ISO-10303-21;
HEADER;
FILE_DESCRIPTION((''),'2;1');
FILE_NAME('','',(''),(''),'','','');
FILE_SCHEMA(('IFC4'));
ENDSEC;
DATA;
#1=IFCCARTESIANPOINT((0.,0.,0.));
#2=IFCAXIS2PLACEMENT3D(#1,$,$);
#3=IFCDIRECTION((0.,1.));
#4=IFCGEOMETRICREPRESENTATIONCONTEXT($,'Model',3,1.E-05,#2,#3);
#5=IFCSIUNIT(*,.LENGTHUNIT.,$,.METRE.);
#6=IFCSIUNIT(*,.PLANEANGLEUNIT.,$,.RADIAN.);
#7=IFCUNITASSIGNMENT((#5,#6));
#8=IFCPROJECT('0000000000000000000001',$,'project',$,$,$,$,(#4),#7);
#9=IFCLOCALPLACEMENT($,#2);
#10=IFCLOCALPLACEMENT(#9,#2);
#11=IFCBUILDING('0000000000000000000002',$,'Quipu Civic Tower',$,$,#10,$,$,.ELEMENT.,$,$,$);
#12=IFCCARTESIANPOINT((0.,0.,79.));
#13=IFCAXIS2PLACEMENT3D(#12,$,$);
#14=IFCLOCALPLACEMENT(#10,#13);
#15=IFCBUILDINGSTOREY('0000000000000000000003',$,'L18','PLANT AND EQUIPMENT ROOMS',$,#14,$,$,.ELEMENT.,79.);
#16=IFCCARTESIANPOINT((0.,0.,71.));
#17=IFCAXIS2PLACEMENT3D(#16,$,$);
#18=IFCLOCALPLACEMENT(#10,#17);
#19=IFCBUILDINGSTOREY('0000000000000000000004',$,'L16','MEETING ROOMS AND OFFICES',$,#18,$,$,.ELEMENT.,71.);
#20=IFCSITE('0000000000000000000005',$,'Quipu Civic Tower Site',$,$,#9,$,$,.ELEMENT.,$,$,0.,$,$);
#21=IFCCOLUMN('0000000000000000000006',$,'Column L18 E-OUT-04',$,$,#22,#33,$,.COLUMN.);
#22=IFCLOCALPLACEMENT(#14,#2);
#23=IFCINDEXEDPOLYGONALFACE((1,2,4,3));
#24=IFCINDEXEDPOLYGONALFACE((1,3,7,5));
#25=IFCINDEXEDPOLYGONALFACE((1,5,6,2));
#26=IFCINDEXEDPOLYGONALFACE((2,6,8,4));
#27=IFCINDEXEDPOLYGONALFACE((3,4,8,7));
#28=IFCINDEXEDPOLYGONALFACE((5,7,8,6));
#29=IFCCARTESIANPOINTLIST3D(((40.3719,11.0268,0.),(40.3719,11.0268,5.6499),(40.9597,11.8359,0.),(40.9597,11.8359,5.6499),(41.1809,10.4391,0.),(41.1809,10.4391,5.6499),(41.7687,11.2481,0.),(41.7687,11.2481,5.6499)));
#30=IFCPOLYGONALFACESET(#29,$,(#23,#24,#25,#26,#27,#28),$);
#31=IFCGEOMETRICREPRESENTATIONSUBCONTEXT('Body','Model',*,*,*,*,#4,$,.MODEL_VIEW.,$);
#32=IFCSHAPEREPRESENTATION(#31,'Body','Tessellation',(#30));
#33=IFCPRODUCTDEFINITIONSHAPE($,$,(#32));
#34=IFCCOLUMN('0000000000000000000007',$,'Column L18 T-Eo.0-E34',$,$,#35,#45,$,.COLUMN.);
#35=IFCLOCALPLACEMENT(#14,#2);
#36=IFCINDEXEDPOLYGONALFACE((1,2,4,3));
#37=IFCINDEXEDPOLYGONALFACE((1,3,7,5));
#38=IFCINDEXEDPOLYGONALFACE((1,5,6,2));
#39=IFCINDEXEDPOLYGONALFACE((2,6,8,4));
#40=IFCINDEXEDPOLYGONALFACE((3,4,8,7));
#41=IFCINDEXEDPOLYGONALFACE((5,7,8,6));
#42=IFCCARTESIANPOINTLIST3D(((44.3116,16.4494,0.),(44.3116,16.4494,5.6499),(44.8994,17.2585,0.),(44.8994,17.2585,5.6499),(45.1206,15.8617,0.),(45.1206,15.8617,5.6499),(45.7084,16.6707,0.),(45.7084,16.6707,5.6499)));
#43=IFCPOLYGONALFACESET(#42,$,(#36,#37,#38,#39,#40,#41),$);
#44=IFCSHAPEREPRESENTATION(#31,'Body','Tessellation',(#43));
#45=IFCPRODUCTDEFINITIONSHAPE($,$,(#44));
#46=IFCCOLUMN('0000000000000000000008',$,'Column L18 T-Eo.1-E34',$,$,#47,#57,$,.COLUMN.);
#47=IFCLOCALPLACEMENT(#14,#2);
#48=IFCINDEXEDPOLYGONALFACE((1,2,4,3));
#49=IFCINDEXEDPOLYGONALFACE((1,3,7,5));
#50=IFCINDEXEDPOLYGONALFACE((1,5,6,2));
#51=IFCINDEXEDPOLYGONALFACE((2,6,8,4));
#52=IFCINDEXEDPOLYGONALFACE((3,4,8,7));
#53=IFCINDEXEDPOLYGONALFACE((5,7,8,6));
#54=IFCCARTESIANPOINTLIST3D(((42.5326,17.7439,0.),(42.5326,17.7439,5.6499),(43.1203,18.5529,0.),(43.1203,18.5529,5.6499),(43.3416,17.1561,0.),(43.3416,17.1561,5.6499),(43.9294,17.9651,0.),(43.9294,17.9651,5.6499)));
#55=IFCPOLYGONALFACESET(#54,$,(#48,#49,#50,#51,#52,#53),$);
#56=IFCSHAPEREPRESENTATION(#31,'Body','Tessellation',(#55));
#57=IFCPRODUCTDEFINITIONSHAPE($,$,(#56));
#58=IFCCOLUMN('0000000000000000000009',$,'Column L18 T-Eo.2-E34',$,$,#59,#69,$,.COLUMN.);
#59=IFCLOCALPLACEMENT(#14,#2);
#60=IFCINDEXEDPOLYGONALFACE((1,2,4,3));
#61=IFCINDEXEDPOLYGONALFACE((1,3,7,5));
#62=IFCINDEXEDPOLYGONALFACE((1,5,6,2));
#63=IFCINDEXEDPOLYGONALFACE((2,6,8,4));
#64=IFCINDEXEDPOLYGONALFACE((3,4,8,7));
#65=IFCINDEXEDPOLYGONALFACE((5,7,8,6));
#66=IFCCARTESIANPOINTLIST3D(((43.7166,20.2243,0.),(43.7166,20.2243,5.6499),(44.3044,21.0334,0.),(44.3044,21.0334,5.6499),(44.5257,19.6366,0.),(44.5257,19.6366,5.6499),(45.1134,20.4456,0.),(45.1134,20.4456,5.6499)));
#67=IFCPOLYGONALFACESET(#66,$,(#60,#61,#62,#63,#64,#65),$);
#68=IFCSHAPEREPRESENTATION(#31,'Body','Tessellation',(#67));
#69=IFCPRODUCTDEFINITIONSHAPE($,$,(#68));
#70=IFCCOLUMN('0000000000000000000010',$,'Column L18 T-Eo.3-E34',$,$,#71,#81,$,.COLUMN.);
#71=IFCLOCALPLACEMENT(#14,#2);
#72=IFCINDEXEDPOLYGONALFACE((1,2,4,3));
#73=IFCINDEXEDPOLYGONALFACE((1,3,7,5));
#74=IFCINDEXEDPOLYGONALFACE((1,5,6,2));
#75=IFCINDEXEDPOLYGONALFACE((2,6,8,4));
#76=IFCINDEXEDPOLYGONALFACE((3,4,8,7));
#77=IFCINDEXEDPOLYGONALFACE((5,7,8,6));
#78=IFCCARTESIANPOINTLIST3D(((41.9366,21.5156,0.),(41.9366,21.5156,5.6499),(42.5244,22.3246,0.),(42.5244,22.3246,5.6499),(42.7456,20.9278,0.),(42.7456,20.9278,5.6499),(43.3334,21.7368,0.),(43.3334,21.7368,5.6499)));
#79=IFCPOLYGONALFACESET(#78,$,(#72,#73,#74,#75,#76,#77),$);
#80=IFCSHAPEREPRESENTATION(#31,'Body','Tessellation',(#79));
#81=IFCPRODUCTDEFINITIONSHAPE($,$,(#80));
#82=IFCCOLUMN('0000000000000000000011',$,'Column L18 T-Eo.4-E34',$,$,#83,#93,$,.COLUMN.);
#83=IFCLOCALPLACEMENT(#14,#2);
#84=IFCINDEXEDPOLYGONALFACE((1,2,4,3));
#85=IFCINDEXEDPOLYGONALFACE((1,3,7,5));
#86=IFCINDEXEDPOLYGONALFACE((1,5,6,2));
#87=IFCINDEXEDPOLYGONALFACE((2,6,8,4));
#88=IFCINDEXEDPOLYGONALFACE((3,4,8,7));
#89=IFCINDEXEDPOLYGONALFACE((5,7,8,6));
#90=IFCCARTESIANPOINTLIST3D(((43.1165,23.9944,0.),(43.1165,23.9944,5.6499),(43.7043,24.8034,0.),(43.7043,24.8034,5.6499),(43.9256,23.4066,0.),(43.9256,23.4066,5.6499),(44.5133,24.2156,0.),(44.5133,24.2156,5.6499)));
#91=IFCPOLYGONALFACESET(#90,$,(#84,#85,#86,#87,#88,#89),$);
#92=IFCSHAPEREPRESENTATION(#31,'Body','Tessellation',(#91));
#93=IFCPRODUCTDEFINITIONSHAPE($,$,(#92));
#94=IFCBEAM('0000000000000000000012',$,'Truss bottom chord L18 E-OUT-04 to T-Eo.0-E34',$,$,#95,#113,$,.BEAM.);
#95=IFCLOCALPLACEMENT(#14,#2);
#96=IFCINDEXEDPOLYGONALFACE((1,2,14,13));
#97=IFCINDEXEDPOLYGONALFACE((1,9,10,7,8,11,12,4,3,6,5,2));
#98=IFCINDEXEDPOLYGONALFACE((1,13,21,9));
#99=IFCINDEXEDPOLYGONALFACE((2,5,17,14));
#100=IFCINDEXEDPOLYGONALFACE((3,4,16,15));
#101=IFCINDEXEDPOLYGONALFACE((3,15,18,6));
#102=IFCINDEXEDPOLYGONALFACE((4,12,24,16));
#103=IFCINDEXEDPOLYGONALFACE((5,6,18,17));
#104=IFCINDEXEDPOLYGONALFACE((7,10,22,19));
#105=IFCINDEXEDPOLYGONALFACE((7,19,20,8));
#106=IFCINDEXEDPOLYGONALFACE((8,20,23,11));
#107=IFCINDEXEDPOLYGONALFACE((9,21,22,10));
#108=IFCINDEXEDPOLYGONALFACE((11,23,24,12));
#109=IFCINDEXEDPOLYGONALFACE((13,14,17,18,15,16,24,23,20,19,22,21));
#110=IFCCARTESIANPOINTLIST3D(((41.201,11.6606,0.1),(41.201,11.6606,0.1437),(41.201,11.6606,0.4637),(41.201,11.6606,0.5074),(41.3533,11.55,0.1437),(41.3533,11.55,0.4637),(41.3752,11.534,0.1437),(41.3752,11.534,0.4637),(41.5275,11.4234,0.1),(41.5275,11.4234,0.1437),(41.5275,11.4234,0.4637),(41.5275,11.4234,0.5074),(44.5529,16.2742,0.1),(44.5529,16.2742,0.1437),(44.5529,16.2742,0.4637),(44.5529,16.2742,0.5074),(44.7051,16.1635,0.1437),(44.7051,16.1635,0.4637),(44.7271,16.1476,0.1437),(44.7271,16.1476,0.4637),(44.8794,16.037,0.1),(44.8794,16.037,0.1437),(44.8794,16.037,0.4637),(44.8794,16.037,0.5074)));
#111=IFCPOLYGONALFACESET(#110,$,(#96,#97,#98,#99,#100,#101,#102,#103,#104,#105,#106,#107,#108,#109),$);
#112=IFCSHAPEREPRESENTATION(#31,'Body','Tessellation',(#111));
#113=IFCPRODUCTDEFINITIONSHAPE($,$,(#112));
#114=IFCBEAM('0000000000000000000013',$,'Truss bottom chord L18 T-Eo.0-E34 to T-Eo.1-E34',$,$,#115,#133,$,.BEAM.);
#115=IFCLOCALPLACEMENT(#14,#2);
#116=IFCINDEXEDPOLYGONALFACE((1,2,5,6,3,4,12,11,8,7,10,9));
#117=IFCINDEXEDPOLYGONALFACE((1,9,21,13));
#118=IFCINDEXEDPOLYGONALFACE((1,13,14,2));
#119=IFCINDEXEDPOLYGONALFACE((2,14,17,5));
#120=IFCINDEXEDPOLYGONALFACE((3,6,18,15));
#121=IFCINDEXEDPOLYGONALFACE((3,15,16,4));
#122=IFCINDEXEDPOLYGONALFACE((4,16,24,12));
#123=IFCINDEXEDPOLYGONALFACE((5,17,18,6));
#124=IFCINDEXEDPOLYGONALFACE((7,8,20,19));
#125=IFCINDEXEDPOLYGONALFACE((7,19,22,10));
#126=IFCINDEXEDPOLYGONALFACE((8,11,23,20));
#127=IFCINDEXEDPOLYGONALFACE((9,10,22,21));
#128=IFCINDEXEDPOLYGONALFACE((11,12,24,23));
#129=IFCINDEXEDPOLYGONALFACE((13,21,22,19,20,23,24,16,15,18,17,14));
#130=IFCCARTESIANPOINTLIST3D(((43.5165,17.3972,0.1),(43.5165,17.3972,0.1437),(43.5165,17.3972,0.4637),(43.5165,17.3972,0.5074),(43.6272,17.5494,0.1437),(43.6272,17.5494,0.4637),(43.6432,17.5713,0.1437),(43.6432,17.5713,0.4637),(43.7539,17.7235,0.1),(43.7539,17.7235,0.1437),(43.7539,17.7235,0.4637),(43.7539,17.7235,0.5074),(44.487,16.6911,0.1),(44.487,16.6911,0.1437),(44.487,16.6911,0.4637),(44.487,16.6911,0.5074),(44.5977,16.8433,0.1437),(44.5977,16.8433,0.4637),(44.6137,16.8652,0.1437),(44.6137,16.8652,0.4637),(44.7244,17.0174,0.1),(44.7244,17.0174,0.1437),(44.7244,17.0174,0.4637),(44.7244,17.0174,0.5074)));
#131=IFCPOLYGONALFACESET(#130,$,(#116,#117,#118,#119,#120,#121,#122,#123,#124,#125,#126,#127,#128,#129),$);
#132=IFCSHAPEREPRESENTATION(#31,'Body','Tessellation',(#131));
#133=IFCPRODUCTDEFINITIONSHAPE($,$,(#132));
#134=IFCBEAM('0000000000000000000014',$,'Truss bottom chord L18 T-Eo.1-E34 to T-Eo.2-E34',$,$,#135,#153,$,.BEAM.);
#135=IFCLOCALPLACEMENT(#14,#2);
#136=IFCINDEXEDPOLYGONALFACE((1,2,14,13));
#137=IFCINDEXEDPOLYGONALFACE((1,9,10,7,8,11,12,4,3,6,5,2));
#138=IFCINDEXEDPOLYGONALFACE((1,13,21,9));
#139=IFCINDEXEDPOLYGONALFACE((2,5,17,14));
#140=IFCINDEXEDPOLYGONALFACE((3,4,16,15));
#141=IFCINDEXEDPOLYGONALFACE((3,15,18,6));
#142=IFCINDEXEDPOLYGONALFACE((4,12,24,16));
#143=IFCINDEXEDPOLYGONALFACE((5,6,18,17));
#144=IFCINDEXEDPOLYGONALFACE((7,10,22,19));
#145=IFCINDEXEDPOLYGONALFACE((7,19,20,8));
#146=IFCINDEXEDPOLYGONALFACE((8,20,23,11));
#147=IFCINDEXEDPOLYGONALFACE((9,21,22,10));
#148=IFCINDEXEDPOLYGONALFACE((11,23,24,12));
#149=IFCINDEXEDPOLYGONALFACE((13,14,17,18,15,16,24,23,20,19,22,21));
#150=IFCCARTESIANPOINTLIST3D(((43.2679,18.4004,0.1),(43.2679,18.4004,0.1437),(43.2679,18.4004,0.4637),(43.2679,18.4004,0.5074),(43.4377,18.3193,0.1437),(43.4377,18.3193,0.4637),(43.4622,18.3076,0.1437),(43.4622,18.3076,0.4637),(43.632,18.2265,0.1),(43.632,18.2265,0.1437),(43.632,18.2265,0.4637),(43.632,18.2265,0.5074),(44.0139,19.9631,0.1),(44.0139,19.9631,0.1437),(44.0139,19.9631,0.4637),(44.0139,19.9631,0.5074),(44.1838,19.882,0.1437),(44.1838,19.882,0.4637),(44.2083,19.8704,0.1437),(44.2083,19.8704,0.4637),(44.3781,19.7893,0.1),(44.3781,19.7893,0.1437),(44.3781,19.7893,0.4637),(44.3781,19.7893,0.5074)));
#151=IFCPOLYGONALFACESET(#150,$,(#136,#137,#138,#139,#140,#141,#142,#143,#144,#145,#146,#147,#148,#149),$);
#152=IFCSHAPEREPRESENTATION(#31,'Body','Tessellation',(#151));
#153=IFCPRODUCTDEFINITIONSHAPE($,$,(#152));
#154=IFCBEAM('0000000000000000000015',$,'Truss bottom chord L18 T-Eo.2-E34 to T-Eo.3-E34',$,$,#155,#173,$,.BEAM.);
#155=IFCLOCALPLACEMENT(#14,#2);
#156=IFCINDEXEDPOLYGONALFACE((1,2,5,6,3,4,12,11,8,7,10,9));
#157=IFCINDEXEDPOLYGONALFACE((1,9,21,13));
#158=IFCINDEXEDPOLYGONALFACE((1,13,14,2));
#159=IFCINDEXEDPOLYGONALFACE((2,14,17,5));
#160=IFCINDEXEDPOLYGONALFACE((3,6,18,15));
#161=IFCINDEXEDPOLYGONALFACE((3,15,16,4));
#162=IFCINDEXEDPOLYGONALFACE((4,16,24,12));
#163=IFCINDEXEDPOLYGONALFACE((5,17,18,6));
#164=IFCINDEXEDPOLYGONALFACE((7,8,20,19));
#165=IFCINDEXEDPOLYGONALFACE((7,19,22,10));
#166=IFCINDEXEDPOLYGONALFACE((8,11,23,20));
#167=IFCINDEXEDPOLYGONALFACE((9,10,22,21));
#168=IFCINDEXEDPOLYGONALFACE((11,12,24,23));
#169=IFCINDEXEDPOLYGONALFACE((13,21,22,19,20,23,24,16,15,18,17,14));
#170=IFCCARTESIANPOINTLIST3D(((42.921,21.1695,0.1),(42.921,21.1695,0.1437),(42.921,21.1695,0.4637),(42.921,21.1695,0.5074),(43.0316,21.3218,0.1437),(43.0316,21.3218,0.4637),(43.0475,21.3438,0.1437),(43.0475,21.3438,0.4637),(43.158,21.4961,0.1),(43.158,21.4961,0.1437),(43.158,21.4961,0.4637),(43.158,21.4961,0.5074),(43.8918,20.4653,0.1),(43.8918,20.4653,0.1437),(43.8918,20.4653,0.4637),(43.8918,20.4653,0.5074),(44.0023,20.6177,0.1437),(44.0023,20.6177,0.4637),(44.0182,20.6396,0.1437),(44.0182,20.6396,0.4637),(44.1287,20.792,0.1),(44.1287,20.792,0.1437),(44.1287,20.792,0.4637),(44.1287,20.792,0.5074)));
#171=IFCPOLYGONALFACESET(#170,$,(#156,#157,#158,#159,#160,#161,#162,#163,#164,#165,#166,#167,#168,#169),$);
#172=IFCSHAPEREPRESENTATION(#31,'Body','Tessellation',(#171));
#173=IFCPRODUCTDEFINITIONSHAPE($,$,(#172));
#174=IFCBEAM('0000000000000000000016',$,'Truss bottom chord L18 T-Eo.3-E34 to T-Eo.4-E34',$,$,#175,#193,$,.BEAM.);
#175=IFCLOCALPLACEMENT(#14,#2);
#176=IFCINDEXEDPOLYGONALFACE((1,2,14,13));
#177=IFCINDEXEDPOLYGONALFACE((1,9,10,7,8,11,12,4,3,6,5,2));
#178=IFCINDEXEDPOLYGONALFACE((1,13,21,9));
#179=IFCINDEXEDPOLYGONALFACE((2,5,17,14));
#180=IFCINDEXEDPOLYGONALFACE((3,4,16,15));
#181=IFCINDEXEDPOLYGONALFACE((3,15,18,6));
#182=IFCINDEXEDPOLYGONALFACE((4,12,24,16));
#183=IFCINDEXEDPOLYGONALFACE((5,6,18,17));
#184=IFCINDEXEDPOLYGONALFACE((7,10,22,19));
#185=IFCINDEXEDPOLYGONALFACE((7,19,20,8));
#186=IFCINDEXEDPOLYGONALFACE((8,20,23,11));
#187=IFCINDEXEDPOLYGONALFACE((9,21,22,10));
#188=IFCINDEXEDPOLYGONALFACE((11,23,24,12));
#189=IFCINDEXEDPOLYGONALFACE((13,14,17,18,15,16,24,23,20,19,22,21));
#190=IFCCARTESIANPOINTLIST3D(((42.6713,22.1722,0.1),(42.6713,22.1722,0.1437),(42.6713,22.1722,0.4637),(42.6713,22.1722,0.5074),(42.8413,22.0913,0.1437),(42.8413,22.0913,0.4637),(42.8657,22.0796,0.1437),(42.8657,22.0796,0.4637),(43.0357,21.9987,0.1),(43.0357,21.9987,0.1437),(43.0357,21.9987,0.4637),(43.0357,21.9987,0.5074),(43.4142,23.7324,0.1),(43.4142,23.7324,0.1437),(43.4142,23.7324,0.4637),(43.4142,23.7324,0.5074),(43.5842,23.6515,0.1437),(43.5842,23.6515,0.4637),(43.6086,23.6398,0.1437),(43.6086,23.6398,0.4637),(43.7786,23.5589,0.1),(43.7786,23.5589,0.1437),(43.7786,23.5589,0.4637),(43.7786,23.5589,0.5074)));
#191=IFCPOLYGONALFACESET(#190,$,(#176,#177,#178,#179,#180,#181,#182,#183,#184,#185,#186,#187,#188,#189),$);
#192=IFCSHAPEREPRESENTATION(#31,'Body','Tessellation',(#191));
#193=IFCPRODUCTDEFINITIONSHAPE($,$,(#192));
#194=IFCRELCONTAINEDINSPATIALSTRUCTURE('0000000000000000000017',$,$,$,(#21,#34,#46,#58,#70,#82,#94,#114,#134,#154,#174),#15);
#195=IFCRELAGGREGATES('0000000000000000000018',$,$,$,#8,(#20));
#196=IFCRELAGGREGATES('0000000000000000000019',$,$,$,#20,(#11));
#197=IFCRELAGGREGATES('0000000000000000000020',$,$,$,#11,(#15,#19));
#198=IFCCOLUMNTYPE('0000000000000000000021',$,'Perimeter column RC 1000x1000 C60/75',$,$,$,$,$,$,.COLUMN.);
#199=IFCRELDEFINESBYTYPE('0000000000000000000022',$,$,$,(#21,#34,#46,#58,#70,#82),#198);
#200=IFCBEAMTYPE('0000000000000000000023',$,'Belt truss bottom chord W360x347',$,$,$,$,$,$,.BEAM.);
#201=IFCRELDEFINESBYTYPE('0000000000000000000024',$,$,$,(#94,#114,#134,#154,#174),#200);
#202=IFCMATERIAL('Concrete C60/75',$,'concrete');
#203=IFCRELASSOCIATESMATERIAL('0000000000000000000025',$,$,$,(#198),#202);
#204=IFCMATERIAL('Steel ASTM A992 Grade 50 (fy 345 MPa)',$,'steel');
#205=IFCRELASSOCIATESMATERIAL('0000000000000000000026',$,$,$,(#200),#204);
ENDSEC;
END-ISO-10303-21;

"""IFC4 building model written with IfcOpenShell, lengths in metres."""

from ifc_helpers import new_model, si_unit, direction, frame, origin, origin_2d, place, context, subcontext, project, spatial, rectangle, i_section, extrude, material, material_profile, profile_set, type_object, element, save


model = new_model("IFC4")

# Units and contexts
model_context = context("Model", 3, precision=1e-05, world=origin(), true_north=direction((0.0, 1.0)))
body_context = subcontext(model_context, "Body", "Model", "MODEL_VIEW")
ifc_project = project(units=[si_unit("LENGTHUNIT", "METRE"), si_unit("PLANEANGLEUNIT", "RADIAN")], contexts=[model_context])

# Site, building, storey
site_placement = place(None, origin())
site = spatial("IfcSite", under=ifc_project, at=site_placement, Name="Quipu Civic Tower Site", CompositionType="ELEMENT", RefElevation=0.0)
building_placement = place(site_placement, origin())
building = spatial("IfcBuilding", under=site, at=building_placement, Name="Quipu Civic Tower", CompositionType="ELEMENT")
storey_1_placement = place(building_placement, frame((0.0, 0.0, 79.0)))
storey_1 = spatial("IfcBuildingStorey", under=building, at=storey_1_placement, Name="L18", Description="PLANT AND EQUIPMENT ROOMS", CompositionType="ELEMENT", Elevation=79.0)

# Columns
ifc_material_1 = material(Name="Concrete C60/75", Category="concrete")
ifc_material_profile_1 = material_profile(ifc_material_1, rectangle(XDim=1.0, YDim=1.0, at=origin_2d()), Name="RC1000x1000")
ifc_profile_set_1 = profile_set([ifc_material_profile_1], Name="Concrete C60/75")
column_type = type_object("IfcColumnType", Name="Perimeter column RC 1000x1000 C60/75", PredefinedType="COLUMN", material=ifc_profile_set_1)
for number, where, z_axis, x_axis, name in (
    (1, (41.0703, 11.1375, 0.0), (0.0, 0.0, 1.0), (0.587785, 0.809017, 0.0), "Column L18 E-OUT-04"),
    (2, (45.01, 16.5601, 0.0), (0.0, 0.0, 1.0), (0.587785, 0.809017, 0.0), "Column L18 T-Eo.0-E34"),
    (3, (43.231, 17.8545, 0.0), (0.0, 0.0, 1.0), (0.587785, 0.809017, 0.0), "Column L18 T-Eo.1-E34"),
    (4, (44.415, 20.335, 0.0), (0.0, 0.0, 1.0), (0.587785, 0.809017, 0.0), "Column L18 T-Eo.2-E34"),
    (5, (42.635, 21.6262, 0.0), (0.0, 0.0, 1.0), (-0.809017, 0.587785, 0.0), "Column L18 T-Eo.3-E34"),
    (6, (43.8149, 24.105, 0.0), (0.0, 0.0, 1.0), (-0.809017, 0.587785, 0.0), "Column L18 T-Eo.4-E34"),
):
    element("IfcColumn", number, at=place(storey_1_placement, frame(where, z_axis=z_axis, x_axis=x_axis)), inside=storey_1, type_object=column_type, Name=name, PredefinedType="COLUMN", context=body_context, shape_type="SweptSolid", body=[
        extrude(rectangle(XDim=1.0, YDim=1.0, at=origin_2d()), origin(), (0.0, 0.0, 1.0), 5.6499),
    ])

# Beams
ifc_material_2 = material(Name="Steel ASTM A992 Grade 50 (fy 345 MPa)", Category="steel")
ifc_material_profile_2 = material_profile(ifc_material_2, i_section(OverallWidth=0.4036, OverallDepth=0.4075, WebThickness=0.0271, FlangeThickness=0.0437, at=origin_2d()), Name="W360x347")
ifc_profile_set_2 = profile_set([ifc_material_profile_2], Name="Steel ASTM A992 Grade 50 (fy 345 MPa)")
beam_type_1 = type_object("IfcBeamType", Name="Belt truss bottom chord W360x347", PredefinedType="BEAM", material=ifc_profile_set_2)
beam_1_placement = place(storey_1_placement, frame((41.3643, 11.542, 0.3037), z_axis=(0.587772, 0.809027, 0.0), x_axis=(-0.809027, 0.587772, 0.0)))
element("IfcBeam", 7, at=beam_1_placement, inside=storey_1, type_object=beam_type_1, Name="Truss bottom chord L18 E-OUT-04 to T-Eo.0-E34", PredefinedType="BEAM", context=body_context, shape_type="SweptSolid", body=[
    extrude(i_section(OverallWidth=0.4036, OverallDepth=0.4075, WebThickness=0.0271, FlangeThickness=0.0437, at=origin_2d()), origin(), (0.0, 0.0, 1.0), 5.7026),
])
beam_2_placement = place(storey_1_placement, frame((44.6057, 16.8542, 0.3037), z_axis=(-0.808631, 0.588317, 0.0), x_axis=(-0.588317, -0.808631, 0.0)))
element("IfcBeam", 8, at=beam_2_placement, inside=storey_1, type_object=beam_type_1, Name="Truss bottom chord L18 T-Eo.0-E34 to T-Eo.1-E34", PredefinedType="BEAM", context=body_context, shape_type="SweptSolid", body=[
    extrude(i_section(OverallWidth=0.4036, OverallDepth=0.4075, WebThickness=0.0271, FlangeThickness=0.0437, at=origin_2d()), origin(), (0.0, 0.0, 1.0), 1.2002),
])
beam_3_placement = place(storey_1_placement, frame((43.45, 18.3135, 0.3037), z_axis=(0.430842, 0.902427, 0.0), x_axis=(-0.902427, 0.430842, 0.0)))
element("IfcBeam", 9, at=beam_3_placement, inside=storey_1, type_object=beam_type_1, Name="Truss bottom chord L18 T-Eo.1-E34 to T-Eo.2-E34", PredefinedType="BEAM", context=body_context, shape_type="SweptSolid", body=[
    extrude(i_section(OverallWidth=0.4036, OverallDepth=0.4075, WebThickness=0.0271, FlangeThickness=0.0437, at=origin_2d()), origin(), (0.0, 0.0, 1.0), 1.7317),
])
beam_4_placement = place(storey_1_placement, frame((44.0103, 20.6287, 0.3037), z_axis=(-0.809475, 0.587154, 0.0), x_axis=(-0.587154, -0.809475, 0.0)))
element("IfcBeam", 10, at=beam_4_placement, inside=storey_1, type_object=beam_type_1, Name="Truss bottom chord L18 T-Eo.2-E34 to T-Eo.3-E34", PredefinedType="BEAM", context=body_context, shape_type="SweptSolid", body=[
    extrude(i_section(OverallWidth=0.4036, OverallDepth=0.4075, WebThickness=0.0271, FlangeThickness=0.0437, at=origin_2d()), origin(), (0.0, 0.0, 1.0), 1.1992),
])
beam_5_placement = place(storey_1_placement, frame((42.8535, 22.0854, 0.3037), z_axis=(0.429895, 0.902879, 0.0), x_axis=(-0.902879, 0.429895, 0.0)))
element("IfcBeam", 11, at=beam_5_placement, inside=storey_1, type_object=beam_type_1, Name="Truss bottom chord L18 T-Eo.3-E34 to T-Eo.4-E34", PredefinedType="BEAM", context=body_context, shape_type="SweptSolid", body=[
    extrude(i_section(OverallWidth=0.4036, OverallDepth=0.4075, WebThickness=0.0271, FlangeThickness=0.0437, at=origin_2d()), origin(), (0.0, 0.0, 1.0), 1.728),
])

# Shared definitions
storey_2_placement = place(building_placement, frame((0.0, 0.0, 71.0)))
storey_2 = spatial("IfcBuildingStorey", under=building, at=storey_2_placement, Name="L16", Description="MEETING ROOMS AND OFFICES", CompositionType="ELEMENT", Elevation=71.0)

save(model, "model.ifc")
